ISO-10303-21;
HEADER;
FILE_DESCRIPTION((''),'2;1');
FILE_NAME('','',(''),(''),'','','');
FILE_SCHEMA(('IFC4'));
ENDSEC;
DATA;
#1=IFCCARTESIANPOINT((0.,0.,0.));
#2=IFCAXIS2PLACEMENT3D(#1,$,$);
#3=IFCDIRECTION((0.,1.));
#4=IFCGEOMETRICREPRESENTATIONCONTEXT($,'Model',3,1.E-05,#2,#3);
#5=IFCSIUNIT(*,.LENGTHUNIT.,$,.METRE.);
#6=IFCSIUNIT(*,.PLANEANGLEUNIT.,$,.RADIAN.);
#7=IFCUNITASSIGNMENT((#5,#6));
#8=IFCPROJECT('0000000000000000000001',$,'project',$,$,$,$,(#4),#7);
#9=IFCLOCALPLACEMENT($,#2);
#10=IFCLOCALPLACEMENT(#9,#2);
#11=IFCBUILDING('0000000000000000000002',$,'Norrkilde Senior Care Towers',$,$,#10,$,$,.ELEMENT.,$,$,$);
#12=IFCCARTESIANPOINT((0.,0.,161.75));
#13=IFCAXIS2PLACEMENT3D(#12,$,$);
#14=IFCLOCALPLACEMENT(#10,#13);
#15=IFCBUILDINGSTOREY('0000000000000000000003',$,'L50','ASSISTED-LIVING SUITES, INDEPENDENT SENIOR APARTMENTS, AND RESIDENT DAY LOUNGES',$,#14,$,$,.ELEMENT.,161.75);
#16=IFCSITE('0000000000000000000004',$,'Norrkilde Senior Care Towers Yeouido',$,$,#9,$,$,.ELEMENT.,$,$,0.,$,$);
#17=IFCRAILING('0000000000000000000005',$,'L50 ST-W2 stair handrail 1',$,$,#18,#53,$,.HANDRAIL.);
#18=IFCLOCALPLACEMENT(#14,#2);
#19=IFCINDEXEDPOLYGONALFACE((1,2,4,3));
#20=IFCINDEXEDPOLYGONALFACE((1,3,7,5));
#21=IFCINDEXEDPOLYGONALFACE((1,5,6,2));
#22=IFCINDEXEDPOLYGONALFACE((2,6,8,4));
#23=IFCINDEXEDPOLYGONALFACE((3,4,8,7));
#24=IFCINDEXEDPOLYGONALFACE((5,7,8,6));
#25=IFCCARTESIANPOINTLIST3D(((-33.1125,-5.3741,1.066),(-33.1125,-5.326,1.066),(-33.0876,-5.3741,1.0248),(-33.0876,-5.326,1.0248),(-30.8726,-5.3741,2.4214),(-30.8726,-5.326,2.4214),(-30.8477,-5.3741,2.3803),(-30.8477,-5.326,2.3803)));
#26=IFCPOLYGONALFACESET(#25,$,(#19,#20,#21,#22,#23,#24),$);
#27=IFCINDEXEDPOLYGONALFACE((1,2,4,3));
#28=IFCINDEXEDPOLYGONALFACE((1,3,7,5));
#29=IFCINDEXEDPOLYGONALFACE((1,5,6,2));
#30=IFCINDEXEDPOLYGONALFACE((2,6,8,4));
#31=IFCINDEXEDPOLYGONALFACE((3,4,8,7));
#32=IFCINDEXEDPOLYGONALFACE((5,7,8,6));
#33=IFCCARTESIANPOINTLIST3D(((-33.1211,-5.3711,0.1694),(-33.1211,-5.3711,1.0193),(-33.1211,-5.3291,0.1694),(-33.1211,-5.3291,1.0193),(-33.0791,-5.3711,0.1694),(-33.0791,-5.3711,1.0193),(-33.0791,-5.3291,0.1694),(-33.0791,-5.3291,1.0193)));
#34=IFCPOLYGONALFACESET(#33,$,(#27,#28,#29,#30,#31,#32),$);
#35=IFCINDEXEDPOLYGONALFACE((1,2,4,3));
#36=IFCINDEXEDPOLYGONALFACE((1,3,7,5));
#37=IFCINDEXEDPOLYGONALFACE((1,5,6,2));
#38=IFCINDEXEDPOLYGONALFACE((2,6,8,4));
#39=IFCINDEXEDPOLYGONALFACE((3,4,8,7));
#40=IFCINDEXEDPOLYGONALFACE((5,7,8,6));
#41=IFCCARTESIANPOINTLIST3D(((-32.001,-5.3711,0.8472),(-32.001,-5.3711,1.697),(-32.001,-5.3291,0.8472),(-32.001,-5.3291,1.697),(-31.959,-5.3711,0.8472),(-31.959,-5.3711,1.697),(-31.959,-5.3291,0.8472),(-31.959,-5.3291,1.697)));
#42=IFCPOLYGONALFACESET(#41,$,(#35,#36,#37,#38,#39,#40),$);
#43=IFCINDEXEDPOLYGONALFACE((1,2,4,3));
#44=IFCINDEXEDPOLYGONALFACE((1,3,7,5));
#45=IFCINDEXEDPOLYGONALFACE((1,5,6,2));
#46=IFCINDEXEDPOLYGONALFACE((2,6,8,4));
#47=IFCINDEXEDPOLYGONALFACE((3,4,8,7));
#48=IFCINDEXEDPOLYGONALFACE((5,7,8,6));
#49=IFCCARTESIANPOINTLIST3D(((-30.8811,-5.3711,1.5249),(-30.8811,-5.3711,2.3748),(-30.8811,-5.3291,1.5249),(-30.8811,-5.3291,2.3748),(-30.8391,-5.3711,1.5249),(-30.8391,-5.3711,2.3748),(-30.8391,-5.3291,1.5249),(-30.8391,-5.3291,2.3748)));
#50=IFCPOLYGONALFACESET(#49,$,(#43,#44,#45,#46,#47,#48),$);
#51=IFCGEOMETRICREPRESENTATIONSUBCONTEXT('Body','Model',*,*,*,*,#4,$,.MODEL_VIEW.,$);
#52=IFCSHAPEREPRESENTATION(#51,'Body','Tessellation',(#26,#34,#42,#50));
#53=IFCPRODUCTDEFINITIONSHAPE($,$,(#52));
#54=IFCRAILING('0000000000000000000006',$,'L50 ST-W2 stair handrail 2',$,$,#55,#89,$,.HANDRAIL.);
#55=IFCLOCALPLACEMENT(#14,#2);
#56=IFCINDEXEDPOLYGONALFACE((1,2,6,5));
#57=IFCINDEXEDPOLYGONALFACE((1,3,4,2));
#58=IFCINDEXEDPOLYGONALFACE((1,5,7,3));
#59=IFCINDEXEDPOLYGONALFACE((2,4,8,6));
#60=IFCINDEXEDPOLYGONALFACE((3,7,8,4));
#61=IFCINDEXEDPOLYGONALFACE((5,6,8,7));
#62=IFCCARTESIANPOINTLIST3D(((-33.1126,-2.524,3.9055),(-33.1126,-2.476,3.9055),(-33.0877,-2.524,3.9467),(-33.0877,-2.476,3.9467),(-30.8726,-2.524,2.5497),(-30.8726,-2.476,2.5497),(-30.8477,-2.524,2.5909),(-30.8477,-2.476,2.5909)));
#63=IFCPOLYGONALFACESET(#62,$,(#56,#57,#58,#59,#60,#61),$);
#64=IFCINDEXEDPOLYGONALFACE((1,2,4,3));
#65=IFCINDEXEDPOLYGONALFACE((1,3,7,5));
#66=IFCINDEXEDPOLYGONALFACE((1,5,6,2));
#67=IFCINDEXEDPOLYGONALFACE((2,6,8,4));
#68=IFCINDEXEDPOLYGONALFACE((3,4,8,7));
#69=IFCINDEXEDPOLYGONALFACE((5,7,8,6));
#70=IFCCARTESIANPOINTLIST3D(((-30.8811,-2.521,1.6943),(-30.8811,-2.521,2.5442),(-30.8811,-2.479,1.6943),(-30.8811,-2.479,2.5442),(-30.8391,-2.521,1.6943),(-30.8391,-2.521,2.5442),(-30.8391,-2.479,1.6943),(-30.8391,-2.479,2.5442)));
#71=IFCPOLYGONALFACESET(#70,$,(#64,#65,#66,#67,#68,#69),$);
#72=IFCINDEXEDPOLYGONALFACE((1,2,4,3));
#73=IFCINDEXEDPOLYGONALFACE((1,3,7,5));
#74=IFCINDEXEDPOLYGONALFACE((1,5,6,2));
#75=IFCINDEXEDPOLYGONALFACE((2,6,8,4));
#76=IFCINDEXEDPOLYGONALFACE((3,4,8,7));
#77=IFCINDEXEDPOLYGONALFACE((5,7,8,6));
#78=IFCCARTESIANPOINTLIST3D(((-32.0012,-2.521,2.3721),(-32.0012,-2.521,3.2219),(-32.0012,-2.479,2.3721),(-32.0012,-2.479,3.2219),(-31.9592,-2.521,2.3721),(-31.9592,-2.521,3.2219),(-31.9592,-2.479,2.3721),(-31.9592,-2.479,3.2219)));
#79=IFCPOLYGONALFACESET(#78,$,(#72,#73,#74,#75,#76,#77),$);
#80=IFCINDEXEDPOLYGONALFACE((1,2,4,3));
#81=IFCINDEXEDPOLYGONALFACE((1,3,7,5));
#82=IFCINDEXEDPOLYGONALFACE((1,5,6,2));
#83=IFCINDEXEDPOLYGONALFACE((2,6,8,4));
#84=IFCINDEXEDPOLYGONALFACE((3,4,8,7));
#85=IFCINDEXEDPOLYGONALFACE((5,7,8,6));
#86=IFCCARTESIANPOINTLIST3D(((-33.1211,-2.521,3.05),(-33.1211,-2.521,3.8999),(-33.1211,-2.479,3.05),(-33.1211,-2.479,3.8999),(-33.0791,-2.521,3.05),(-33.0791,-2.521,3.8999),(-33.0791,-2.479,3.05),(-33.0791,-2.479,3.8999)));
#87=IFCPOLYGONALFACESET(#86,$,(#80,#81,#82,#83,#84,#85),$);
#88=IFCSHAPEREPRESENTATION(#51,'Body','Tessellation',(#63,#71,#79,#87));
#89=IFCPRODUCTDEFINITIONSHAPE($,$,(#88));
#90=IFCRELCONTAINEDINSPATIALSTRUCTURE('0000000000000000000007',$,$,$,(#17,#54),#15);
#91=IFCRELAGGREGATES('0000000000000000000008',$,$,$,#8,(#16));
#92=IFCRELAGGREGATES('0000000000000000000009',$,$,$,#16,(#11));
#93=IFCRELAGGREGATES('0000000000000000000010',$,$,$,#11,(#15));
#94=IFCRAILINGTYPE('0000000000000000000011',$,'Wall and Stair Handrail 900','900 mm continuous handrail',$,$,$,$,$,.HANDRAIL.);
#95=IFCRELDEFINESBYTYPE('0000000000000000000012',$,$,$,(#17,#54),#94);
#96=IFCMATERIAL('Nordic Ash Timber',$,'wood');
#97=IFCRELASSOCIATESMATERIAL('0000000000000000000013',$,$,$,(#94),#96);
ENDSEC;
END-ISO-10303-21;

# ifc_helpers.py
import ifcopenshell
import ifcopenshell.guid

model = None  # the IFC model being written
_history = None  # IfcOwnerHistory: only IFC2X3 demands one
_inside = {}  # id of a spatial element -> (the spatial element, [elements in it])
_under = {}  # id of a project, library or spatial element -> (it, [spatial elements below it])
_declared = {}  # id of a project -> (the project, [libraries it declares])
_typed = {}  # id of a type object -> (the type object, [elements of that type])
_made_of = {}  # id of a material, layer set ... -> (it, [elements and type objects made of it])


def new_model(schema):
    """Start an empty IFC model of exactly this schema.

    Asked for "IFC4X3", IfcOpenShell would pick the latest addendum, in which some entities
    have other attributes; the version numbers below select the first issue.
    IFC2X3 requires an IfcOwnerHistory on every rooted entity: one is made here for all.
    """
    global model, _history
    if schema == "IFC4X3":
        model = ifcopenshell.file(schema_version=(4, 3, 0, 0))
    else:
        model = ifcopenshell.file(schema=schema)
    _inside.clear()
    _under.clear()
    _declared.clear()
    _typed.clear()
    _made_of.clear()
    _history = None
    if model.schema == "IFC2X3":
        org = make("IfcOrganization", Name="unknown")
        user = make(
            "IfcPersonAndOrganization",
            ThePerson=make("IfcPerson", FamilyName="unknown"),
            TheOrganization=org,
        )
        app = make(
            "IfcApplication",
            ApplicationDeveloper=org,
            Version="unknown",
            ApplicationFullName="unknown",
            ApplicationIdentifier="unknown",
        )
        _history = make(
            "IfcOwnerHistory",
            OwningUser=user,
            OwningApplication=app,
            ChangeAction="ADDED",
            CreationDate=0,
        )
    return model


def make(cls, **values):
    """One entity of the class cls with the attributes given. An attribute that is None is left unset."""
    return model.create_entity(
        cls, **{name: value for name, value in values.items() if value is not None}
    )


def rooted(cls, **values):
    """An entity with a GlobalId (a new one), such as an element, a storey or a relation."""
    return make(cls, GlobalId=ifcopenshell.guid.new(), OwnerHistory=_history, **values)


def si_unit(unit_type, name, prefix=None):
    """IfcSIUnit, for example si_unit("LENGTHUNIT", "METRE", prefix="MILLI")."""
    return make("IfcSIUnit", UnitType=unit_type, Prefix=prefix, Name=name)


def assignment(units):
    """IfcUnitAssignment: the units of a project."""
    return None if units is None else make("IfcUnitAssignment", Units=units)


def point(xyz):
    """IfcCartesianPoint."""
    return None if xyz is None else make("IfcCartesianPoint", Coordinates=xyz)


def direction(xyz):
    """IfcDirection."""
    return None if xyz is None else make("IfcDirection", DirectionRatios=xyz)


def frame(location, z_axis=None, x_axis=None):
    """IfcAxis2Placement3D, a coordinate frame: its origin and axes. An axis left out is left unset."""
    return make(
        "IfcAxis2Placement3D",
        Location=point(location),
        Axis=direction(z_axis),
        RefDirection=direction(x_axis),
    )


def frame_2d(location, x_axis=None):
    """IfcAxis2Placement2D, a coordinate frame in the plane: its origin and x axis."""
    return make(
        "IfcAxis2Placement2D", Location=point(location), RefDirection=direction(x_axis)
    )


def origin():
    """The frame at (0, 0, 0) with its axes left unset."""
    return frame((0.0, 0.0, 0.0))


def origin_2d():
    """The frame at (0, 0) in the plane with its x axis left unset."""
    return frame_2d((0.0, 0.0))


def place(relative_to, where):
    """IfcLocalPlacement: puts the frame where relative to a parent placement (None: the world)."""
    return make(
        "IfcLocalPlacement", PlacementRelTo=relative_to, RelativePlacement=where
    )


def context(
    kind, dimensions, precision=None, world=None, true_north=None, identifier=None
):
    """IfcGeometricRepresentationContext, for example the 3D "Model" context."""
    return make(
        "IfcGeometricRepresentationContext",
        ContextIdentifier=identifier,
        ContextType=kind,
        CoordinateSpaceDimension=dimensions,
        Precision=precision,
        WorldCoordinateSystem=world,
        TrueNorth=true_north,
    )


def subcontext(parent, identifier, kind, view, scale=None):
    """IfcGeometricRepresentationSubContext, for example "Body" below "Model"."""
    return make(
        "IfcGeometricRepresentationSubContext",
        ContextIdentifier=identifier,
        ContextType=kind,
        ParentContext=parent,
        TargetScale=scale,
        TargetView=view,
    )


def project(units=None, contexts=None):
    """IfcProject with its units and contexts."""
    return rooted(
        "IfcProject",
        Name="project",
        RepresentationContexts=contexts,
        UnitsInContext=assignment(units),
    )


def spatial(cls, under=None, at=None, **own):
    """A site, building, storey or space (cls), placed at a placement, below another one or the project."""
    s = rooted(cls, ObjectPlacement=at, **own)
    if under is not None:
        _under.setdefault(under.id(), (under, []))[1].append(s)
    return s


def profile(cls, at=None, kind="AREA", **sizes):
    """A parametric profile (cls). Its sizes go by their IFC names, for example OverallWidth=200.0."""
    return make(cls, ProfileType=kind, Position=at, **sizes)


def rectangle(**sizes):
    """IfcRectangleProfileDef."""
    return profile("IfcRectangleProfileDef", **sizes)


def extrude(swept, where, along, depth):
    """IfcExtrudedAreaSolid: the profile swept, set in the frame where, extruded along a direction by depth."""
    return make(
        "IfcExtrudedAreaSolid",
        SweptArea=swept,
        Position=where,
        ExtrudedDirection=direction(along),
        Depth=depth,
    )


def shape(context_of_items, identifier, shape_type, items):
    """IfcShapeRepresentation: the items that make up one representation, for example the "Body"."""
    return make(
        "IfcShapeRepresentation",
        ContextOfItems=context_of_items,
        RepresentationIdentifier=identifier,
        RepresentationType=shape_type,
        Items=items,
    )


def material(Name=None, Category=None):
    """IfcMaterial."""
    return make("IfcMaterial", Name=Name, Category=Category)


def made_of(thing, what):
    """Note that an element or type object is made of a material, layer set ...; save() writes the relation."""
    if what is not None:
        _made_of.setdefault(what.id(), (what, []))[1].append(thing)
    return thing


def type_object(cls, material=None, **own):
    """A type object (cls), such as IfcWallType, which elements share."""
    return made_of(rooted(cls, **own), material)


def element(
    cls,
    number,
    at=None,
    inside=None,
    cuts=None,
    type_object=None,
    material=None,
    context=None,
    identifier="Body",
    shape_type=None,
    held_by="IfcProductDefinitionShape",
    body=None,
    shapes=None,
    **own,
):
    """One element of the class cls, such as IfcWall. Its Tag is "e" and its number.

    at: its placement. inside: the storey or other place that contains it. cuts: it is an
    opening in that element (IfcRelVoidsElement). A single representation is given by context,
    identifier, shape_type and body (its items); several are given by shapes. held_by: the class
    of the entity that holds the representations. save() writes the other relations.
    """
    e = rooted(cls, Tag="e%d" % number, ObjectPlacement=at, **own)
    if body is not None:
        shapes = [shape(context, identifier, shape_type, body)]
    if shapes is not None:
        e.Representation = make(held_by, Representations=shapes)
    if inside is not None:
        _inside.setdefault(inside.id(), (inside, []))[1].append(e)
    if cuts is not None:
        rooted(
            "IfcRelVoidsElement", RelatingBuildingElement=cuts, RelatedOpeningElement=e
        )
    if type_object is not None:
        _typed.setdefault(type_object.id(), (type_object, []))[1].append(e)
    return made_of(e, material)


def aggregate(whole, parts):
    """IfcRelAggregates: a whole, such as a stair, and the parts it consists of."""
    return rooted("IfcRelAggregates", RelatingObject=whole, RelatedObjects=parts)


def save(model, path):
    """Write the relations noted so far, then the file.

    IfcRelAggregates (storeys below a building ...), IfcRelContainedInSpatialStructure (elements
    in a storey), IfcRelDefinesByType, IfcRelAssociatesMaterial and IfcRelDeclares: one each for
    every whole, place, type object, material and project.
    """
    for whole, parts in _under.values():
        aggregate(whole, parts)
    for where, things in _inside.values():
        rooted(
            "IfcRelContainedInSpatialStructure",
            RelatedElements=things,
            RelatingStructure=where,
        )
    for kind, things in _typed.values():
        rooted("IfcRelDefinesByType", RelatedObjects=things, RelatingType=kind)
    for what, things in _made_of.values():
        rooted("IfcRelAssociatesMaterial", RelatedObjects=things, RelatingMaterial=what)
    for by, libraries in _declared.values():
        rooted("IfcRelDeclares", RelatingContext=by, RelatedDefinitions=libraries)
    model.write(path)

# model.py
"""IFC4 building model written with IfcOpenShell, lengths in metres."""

from ifc_helpers import new_model, si_unit, direction, frame, origin, origin_2d, place, context, subcontext, project, spatial, rectangle, extrude, material, type_object, element, save


model = new_model("IFC4")

# Units and contexts
model_context = context("Model", 3, precision=1e-05, world=origin(), true_north=direction((0.0, 1.0)))
body_context = subcontext(model_context, "Body", "Model", "MODEL_VIEW")
ifc_project = project(units=[si_unit("LENGTHUNIT", "METRE"), si_unit("PLANEANGLEUNIT", "RADIAN")], contexts=[model_context])

# Site, building, storey
site_placement = place(None, origin())
site = spatial("IfcSite", under=ifc_project, at=site_placement, Name="Norrkilde Senior Care Towers Yeouido", CompositionType="ELEMENT", RefElevation=0.0)
building_placement = place(site_placement, origin())
building = spatial("IfcBuilding", under=site, at=building_placement, Name="Norrkilde Senior Care Towers", CompositionType="ELEMENT")
storey_placement = place(building_placement, frame((0.0, 0.0, 161.75)))
storey = spatial("IfcBuildingStorey", under=building, at=storey_placement, Name="L50", Description="ASSISTED-LIVING SUITES, INDEPENDENT SENIOR APARTMENTS, AND RESIDENT DAY LOUNGES", CompositionType="ELEMENT", Elevation=161.75)

# Railings
ifc_material_1 = material(Name="Nordic Ash Timber", Category="wood")
railing_type_1 = type_object("IfcRailingType", Name="Wall and Stair Handrail 900", Description="900 mm continuous handrail", PredefinedType="HANDRAIL", material=ifc_material_1)
railing_1_placement = place(storey_placement, frame((-33.1001, -5.3501, 0.1694)))
element("IfcRailing", 1, at=railing_1_placement, inside=storey, type_object=railing_type_1, Name="L50 ST-W2 stair handrail 1", PredefinedType="HANDRAIL", context=body_context, shape_type="SweptSolid", body=[
    extrude(rectangle(XDim=0.0481, YDim=0.0481, at=origin_2d()), frame((0.0, 0.0, 0.876), z_axis=(0.855553, 0.0, 0.517715), x_axis=(0.0, 1.0, 0.0)), (0.0, 0.0, 1.0), 2.6182),
    extrude(rectangle(XDim=0.042, YDim=0.042, at=origin_2d()), origin(), (0.0, 0.0, 1.0), 0.8499),
    extrude(rectangle(XDim=0.042, YDim=0.042, at=origin_2d()), frame((1.1201, 0.0, 0.6777)), (0.0, 0.0, 1.0), 0.8499),
    extrude(rectangle(XDim=0.042, YDim=0.042, at=origin_2d()), frame((2.24, 0.0, 1.3555)), (0.0, 0.0, 1.0), 0.8499),
])
railing_2_placement = place(storey_placement, frame((-30.8601, -2.5, 1.6943)))
element("IfcRailing", 2, at=railing_2_placement, inside=storey, type_object=railing_type_1, Name="L50 ST-W2 stair handrail 2", PredefinedType="HANDRAIL", context=body_context, shape_type="SweptSolid", body=[
    extrude(rectangle(XDim=0.0481, YDim=0.0481, at=origin_2d()), frame((0.0, 0.0, 0.876), z_axis=(-0.855512, 0.0, 0.517783), x_axis=(0.0, -1.0, 0.0)), (0.0, 0.0, 1.0), 2.6184),
    extrude(rectangle(XDim=0.042, YDim=0.042, at=origin_2d()), origin(), (0.0, 0.0, 1.0), 0.8499),
    extrude(rectangle(XDim=0.042, YDim=0.042, at=origin_2d()), frame((-1.1201, 0.0, 0.6777)), (0.0, 0.0, 1.0), 0.8499),
    extrude(rectangle(XDim=0.042, YDim=0.042, at=origin_2d()), frame((-2.24, 0.0, 1.3557)), (0.0, 0.0, 1.0), 0.8499),
])

save(model, "model.ifc")
